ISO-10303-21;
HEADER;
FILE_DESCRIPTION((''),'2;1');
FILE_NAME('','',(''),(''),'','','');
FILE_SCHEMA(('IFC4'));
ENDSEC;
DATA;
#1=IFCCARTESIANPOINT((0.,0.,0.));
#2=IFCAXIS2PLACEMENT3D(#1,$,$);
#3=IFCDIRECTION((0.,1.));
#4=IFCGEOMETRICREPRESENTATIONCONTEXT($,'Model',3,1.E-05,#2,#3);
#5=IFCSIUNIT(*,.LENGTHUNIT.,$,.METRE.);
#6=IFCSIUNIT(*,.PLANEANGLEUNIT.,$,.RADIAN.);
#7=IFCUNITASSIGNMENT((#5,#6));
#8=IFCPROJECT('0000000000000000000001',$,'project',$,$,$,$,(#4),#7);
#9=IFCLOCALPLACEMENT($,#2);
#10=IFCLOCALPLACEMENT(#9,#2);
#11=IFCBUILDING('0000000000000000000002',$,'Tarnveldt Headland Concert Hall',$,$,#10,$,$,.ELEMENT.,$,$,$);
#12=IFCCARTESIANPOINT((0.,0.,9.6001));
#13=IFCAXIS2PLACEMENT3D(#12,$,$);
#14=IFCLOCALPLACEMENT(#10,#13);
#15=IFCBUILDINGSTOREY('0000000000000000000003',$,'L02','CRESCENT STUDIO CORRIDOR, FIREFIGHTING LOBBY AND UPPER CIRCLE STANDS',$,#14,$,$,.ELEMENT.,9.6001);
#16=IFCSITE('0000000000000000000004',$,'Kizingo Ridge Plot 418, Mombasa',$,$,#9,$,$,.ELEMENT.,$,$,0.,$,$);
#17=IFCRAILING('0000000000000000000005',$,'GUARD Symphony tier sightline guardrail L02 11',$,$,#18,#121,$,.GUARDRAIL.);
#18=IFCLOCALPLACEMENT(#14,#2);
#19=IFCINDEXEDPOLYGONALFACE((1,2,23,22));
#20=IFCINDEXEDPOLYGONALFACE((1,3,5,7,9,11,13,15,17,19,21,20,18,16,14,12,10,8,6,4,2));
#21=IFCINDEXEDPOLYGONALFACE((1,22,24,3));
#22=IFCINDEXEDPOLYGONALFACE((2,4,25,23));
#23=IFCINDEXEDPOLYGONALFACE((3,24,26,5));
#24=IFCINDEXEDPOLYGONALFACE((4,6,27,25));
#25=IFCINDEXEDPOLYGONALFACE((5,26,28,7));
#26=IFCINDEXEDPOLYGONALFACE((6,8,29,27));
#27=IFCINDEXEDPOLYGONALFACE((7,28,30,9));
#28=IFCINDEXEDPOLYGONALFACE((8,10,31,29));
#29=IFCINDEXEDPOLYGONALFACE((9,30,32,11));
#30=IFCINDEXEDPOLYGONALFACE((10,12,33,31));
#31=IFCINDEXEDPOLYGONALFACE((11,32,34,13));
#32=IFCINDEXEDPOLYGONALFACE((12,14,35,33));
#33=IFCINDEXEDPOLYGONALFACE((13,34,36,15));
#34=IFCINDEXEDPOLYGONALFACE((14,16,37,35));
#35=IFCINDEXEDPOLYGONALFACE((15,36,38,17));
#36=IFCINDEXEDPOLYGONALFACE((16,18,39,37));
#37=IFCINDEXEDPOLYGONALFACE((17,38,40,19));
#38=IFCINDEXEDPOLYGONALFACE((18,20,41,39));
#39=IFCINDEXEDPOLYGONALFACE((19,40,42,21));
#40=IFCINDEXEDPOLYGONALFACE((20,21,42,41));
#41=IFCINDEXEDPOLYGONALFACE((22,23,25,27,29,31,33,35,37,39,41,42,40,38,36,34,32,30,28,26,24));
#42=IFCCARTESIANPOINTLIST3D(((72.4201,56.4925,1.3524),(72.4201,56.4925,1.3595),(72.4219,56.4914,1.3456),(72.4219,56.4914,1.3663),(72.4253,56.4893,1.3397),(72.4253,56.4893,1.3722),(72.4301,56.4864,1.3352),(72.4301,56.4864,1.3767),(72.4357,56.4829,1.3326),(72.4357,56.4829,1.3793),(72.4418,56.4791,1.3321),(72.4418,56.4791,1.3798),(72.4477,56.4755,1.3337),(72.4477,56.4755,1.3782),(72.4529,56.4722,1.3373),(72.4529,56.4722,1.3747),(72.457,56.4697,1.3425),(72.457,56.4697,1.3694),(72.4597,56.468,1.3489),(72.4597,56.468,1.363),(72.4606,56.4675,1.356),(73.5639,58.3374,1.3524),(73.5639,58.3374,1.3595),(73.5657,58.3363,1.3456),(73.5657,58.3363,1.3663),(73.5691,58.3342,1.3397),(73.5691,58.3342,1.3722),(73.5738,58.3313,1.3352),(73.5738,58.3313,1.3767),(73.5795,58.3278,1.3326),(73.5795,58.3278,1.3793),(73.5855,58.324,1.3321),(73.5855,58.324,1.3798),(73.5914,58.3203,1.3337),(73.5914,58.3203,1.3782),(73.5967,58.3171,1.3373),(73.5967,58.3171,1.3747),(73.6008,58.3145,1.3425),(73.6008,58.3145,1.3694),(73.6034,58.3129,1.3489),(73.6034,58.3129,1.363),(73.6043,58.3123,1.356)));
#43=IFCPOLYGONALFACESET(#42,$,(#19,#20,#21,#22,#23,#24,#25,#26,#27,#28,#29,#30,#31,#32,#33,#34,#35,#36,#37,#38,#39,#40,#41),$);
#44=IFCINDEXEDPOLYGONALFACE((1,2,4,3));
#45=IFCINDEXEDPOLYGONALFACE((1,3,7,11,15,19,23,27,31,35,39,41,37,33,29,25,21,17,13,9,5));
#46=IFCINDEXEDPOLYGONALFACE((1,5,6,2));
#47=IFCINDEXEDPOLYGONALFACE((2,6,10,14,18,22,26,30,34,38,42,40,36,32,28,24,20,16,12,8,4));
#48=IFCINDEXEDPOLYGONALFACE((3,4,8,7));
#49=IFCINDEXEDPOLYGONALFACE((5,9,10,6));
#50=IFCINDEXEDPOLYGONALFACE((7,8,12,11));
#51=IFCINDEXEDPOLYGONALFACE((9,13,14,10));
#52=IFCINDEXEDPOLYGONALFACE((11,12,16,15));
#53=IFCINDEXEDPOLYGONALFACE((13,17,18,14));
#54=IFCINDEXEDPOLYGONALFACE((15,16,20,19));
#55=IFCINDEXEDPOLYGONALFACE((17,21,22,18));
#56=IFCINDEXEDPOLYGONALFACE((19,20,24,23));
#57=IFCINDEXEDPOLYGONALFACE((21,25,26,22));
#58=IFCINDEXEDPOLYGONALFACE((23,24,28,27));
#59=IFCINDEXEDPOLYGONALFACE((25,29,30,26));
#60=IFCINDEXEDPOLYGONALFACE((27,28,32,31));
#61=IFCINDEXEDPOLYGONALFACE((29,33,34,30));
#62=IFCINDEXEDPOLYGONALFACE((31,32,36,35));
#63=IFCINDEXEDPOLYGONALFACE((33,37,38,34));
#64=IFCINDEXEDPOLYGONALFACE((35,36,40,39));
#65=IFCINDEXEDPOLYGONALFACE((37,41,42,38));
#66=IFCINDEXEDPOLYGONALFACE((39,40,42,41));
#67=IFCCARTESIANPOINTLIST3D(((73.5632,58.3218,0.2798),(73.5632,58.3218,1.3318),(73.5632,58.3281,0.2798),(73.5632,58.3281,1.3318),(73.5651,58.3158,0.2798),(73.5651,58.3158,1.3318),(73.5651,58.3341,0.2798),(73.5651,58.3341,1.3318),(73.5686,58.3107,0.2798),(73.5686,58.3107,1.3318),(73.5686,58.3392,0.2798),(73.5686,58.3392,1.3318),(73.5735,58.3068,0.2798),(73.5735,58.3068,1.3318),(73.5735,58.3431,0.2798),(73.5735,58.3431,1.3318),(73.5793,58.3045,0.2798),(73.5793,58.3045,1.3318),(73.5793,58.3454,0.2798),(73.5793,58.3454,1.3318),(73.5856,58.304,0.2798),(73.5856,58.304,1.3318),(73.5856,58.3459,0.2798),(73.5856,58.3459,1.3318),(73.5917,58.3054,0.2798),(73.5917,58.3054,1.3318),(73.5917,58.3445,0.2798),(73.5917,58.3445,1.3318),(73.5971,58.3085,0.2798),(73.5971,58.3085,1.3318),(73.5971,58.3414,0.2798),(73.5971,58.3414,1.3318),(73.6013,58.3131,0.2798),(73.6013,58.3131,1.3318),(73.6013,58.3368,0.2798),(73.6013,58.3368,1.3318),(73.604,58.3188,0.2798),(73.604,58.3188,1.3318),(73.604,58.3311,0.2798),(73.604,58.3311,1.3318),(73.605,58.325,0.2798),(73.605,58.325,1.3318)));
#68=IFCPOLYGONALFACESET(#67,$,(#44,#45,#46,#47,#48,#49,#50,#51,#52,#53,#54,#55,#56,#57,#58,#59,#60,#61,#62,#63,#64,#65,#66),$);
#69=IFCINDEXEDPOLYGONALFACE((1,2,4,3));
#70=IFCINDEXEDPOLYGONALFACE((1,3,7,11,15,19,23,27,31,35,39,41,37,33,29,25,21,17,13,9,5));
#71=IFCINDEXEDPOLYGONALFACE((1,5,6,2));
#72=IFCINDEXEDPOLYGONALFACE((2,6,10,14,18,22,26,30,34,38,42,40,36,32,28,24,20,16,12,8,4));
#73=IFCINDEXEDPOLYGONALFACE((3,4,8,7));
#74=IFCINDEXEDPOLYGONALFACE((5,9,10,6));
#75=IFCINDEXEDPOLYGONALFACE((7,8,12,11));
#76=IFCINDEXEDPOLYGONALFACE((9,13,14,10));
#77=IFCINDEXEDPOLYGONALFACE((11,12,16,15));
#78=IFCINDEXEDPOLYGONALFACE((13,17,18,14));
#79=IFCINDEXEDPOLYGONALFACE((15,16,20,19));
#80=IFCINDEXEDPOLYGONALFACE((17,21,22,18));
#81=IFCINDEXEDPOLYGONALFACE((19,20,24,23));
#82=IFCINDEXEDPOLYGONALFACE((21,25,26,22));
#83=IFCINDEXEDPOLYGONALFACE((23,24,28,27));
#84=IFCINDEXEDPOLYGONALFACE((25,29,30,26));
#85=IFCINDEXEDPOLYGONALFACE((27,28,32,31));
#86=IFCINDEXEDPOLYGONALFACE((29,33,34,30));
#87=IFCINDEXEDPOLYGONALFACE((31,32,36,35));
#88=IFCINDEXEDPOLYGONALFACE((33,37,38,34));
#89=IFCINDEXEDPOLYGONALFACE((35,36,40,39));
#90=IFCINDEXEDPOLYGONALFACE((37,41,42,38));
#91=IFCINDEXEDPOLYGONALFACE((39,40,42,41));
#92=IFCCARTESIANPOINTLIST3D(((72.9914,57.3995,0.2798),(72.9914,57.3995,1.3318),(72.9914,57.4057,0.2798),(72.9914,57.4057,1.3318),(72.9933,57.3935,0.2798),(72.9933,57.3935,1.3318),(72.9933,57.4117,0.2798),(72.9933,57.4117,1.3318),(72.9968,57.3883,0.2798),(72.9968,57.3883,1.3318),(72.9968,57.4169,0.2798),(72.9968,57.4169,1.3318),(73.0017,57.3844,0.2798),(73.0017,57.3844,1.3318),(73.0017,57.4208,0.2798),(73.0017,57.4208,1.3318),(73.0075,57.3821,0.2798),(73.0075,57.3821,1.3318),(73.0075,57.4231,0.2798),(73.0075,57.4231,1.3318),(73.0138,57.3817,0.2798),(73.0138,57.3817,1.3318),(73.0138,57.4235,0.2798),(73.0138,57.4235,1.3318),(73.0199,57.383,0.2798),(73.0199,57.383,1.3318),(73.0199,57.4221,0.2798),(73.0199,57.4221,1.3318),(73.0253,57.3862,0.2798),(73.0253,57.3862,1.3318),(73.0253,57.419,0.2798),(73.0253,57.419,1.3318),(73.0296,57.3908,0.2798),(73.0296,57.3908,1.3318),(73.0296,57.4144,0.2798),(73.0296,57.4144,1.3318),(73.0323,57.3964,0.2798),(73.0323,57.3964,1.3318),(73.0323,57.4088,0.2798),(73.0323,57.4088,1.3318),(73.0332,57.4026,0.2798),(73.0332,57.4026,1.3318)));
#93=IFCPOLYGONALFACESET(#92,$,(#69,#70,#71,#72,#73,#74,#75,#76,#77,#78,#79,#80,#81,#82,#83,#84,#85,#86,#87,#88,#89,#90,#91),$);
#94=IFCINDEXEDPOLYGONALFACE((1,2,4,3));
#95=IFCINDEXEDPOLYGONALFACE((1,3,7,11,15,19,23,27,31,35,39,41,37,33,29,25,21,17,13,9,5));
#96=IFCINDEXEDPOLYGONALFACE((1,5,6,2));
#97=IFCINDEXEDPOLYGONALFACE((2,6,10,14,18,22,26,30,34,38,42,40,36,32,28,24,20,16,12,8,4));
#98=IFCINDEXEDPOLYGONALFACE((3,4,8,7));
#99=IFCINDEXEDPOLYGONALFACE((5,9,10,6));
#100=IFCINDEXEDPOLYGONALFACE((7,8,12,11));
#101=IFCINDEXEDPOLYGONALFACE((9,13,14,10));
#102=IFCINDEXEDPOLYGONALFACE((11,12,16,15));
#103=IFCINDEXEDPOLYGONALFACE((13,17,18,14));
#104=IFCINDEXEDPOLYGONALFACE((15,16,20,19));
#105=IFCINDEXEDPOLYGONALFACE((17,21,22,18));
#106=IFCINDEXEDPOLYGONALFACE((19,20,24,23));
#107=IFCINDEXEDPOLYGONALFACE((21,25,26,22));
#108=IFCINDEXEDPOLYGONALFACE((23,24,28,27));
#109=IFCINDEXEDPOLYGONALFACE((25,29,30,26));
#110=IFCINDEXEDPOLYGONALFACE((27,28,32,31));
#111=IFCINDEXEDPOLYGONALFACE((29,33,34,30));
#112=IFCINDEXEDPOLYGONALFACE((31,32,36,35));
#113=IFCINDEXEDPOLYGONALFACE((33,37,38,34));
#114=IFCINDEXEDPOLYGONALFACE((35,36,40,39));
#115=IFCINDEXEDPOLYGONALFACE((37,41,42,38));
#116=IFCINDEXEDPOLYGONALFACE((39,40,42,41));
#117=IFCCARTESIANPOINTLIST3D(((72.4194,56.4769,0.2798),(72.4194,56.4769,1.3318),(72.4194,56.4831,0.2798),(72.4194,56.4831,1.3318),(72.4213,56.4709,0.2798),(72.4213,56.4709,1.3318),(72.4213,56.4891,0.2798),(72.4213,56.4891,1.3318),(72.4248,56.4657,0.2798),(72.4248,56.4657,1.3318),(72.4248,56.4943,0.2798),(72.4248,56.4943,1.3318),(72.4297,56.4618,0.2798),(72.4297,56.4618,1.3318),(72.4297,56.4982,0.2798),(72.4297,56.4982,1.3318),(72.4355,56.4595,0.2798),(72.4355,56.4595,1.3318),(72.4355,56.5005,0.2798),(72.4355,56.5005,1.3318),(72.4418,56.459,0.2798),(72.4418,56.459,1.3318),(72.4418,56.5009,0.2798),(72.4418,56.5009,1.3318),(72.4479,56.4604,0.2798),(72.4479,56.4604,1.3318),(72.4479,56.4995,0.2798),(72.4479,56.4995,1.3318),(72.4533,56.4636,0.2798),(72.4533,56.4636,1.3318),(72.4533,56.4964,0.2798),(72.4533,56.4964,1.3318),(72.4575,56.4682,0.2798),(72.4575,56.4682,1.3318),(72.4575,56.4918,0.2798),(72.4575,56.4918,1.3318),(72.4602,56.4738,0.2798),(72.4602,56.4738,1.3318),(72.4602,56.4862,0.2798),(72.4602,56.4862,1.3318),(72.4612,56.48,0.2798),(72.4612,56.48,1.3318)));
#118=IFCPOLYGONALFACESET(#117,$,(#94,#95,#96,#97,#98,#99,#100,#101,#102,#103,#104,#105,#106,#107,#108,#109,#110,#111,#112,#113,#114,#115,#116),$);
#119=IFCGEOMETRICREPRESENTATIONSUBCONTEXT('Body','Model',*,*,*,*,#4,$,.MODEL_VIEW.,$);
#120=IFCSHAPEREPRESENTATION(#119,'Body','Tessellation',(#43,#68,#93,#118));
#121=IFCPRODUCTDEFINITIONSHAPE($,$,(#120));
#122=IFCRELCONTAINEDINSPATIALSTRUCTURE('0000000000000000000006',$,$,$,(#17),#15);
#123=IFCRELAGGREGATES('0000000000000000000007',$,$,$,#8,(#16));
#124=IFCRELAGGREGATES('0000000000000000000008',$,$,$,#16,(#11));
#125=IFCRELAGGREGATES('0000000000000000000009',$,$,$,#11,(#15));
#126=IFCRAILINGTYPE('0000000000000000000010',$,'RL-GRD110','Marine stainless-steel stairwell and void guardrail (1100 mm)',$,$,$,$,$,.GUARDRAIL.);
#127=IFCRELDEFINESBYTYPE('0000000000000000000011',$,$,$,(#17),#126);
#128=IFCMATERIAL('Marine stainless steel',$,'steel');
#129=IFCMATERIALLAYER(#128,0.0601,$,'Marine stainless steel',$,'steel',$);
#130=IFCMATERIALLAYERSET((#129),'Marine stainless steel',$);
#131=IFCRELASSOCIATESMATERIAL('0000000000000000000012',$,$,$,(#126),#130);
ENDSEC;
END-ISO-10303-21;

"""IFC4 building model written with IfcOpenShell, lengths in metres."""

from ifc_helpers import new_model, si_unit, direction, frame, origin, origin_2d, place, context, subcontext, project, spatial, circle, extrude, material, layer, layer_set, type_object, element, save


model = new_model("IFC4")

# Units and contexts
model_context = context("Model", 3, precision=1e-05, world=origin(), true_north=direction((0.0, 1.0)))
body_context = subcontext(model_context, "Body", "Model", "MODEL_VIEW")
ifc_project = project(units=[si_unit("LENGTHUNIT", "METRE"), si_unit("PLANEANGLEUNIT", "RADIAN")], contexts=[model_context])

# Site, building, storey
site_placement = place(None, origin())
site = spatial("IfcSite", under=ifc_project, at=site_placement, Name="Kizingo Ridge Plot 418, Mombasa", CompositionType="ELEMENT", RefElevation=0.0)
building_placement = place(site_placement, origin())
building = spatial("IfcBuilding", under=site, at=building_placement, Name="Tarnveldt Headland Concert Hall", CompositionType="ELEMENT")
storey_placement = place(building_placement, frame((0.0, 0.0, 9.6001)))
storey = spatial("IfcBuildingStorey", under=building, at=storey_placement, Name="L02", Description="CRESCENT STUDIO CORRIDOR, FIREFIGHTING LOBBY AND UPPER CIRCLE STANDS", CompositionType="ELEMENT", Elevation=9.6001)

# Railing
ifc_material_1 = material(Name="Marine stainless steel", Category="steel")
ifc_layer = layer(ifc_material_1, 0.0601, Name="Marine stainless steel", Category="steel")
ifc_layer_set = layer_set([ifc_layer], Name="Marine stainless steel")
railing_type = type_object("IfcRailingType", Name="RL-GRD110", Description="Marine stainless-steel stairwell and void guardrail (1100 mm)", PredefinedType="GUARDRAIL", material=ifc_layer_set)
railing_1_placement = place(storey_placement, frame((73.584, 58.325, 0.2798)))
element("IfcRailing", 1, at=railing_1_placement, inside=storey, type_object=railing_type, Name="GUARD Symphony tier sightline guardrail L02 11", PredefinedType="GUARDRAIL", context=body_context, shape_type="SweptSolid", body=[
    extrude(circle(Radius=0.0239, at=origin_2d()), frame((0.0, 0.0, 1.0762), z_axis=(-0.526912, -0.84992, 0.0), x_axis=(0.84992, -0.526912, 0.0)), (0.0, 0.0, 1.0), 2.1707),
    extrude(circle(Radius=0.021, at=origin_2d()), origin(), (0.0, 0.0, 1.0), 1.052),
    extrude(circle(Radius=0.021, at=origin_2d()), frame((-0.5718, -0.9224, 0.0)), (0.0, 0.0, 1.0), 1.052),
    extrude(circle(Radius=0.021, at=origin_2d()), frame((-1.1438, -1.845, 0.0)), (0.0, 0.0, 1.0), 1.052),
])

save(model, "model.ifc")
